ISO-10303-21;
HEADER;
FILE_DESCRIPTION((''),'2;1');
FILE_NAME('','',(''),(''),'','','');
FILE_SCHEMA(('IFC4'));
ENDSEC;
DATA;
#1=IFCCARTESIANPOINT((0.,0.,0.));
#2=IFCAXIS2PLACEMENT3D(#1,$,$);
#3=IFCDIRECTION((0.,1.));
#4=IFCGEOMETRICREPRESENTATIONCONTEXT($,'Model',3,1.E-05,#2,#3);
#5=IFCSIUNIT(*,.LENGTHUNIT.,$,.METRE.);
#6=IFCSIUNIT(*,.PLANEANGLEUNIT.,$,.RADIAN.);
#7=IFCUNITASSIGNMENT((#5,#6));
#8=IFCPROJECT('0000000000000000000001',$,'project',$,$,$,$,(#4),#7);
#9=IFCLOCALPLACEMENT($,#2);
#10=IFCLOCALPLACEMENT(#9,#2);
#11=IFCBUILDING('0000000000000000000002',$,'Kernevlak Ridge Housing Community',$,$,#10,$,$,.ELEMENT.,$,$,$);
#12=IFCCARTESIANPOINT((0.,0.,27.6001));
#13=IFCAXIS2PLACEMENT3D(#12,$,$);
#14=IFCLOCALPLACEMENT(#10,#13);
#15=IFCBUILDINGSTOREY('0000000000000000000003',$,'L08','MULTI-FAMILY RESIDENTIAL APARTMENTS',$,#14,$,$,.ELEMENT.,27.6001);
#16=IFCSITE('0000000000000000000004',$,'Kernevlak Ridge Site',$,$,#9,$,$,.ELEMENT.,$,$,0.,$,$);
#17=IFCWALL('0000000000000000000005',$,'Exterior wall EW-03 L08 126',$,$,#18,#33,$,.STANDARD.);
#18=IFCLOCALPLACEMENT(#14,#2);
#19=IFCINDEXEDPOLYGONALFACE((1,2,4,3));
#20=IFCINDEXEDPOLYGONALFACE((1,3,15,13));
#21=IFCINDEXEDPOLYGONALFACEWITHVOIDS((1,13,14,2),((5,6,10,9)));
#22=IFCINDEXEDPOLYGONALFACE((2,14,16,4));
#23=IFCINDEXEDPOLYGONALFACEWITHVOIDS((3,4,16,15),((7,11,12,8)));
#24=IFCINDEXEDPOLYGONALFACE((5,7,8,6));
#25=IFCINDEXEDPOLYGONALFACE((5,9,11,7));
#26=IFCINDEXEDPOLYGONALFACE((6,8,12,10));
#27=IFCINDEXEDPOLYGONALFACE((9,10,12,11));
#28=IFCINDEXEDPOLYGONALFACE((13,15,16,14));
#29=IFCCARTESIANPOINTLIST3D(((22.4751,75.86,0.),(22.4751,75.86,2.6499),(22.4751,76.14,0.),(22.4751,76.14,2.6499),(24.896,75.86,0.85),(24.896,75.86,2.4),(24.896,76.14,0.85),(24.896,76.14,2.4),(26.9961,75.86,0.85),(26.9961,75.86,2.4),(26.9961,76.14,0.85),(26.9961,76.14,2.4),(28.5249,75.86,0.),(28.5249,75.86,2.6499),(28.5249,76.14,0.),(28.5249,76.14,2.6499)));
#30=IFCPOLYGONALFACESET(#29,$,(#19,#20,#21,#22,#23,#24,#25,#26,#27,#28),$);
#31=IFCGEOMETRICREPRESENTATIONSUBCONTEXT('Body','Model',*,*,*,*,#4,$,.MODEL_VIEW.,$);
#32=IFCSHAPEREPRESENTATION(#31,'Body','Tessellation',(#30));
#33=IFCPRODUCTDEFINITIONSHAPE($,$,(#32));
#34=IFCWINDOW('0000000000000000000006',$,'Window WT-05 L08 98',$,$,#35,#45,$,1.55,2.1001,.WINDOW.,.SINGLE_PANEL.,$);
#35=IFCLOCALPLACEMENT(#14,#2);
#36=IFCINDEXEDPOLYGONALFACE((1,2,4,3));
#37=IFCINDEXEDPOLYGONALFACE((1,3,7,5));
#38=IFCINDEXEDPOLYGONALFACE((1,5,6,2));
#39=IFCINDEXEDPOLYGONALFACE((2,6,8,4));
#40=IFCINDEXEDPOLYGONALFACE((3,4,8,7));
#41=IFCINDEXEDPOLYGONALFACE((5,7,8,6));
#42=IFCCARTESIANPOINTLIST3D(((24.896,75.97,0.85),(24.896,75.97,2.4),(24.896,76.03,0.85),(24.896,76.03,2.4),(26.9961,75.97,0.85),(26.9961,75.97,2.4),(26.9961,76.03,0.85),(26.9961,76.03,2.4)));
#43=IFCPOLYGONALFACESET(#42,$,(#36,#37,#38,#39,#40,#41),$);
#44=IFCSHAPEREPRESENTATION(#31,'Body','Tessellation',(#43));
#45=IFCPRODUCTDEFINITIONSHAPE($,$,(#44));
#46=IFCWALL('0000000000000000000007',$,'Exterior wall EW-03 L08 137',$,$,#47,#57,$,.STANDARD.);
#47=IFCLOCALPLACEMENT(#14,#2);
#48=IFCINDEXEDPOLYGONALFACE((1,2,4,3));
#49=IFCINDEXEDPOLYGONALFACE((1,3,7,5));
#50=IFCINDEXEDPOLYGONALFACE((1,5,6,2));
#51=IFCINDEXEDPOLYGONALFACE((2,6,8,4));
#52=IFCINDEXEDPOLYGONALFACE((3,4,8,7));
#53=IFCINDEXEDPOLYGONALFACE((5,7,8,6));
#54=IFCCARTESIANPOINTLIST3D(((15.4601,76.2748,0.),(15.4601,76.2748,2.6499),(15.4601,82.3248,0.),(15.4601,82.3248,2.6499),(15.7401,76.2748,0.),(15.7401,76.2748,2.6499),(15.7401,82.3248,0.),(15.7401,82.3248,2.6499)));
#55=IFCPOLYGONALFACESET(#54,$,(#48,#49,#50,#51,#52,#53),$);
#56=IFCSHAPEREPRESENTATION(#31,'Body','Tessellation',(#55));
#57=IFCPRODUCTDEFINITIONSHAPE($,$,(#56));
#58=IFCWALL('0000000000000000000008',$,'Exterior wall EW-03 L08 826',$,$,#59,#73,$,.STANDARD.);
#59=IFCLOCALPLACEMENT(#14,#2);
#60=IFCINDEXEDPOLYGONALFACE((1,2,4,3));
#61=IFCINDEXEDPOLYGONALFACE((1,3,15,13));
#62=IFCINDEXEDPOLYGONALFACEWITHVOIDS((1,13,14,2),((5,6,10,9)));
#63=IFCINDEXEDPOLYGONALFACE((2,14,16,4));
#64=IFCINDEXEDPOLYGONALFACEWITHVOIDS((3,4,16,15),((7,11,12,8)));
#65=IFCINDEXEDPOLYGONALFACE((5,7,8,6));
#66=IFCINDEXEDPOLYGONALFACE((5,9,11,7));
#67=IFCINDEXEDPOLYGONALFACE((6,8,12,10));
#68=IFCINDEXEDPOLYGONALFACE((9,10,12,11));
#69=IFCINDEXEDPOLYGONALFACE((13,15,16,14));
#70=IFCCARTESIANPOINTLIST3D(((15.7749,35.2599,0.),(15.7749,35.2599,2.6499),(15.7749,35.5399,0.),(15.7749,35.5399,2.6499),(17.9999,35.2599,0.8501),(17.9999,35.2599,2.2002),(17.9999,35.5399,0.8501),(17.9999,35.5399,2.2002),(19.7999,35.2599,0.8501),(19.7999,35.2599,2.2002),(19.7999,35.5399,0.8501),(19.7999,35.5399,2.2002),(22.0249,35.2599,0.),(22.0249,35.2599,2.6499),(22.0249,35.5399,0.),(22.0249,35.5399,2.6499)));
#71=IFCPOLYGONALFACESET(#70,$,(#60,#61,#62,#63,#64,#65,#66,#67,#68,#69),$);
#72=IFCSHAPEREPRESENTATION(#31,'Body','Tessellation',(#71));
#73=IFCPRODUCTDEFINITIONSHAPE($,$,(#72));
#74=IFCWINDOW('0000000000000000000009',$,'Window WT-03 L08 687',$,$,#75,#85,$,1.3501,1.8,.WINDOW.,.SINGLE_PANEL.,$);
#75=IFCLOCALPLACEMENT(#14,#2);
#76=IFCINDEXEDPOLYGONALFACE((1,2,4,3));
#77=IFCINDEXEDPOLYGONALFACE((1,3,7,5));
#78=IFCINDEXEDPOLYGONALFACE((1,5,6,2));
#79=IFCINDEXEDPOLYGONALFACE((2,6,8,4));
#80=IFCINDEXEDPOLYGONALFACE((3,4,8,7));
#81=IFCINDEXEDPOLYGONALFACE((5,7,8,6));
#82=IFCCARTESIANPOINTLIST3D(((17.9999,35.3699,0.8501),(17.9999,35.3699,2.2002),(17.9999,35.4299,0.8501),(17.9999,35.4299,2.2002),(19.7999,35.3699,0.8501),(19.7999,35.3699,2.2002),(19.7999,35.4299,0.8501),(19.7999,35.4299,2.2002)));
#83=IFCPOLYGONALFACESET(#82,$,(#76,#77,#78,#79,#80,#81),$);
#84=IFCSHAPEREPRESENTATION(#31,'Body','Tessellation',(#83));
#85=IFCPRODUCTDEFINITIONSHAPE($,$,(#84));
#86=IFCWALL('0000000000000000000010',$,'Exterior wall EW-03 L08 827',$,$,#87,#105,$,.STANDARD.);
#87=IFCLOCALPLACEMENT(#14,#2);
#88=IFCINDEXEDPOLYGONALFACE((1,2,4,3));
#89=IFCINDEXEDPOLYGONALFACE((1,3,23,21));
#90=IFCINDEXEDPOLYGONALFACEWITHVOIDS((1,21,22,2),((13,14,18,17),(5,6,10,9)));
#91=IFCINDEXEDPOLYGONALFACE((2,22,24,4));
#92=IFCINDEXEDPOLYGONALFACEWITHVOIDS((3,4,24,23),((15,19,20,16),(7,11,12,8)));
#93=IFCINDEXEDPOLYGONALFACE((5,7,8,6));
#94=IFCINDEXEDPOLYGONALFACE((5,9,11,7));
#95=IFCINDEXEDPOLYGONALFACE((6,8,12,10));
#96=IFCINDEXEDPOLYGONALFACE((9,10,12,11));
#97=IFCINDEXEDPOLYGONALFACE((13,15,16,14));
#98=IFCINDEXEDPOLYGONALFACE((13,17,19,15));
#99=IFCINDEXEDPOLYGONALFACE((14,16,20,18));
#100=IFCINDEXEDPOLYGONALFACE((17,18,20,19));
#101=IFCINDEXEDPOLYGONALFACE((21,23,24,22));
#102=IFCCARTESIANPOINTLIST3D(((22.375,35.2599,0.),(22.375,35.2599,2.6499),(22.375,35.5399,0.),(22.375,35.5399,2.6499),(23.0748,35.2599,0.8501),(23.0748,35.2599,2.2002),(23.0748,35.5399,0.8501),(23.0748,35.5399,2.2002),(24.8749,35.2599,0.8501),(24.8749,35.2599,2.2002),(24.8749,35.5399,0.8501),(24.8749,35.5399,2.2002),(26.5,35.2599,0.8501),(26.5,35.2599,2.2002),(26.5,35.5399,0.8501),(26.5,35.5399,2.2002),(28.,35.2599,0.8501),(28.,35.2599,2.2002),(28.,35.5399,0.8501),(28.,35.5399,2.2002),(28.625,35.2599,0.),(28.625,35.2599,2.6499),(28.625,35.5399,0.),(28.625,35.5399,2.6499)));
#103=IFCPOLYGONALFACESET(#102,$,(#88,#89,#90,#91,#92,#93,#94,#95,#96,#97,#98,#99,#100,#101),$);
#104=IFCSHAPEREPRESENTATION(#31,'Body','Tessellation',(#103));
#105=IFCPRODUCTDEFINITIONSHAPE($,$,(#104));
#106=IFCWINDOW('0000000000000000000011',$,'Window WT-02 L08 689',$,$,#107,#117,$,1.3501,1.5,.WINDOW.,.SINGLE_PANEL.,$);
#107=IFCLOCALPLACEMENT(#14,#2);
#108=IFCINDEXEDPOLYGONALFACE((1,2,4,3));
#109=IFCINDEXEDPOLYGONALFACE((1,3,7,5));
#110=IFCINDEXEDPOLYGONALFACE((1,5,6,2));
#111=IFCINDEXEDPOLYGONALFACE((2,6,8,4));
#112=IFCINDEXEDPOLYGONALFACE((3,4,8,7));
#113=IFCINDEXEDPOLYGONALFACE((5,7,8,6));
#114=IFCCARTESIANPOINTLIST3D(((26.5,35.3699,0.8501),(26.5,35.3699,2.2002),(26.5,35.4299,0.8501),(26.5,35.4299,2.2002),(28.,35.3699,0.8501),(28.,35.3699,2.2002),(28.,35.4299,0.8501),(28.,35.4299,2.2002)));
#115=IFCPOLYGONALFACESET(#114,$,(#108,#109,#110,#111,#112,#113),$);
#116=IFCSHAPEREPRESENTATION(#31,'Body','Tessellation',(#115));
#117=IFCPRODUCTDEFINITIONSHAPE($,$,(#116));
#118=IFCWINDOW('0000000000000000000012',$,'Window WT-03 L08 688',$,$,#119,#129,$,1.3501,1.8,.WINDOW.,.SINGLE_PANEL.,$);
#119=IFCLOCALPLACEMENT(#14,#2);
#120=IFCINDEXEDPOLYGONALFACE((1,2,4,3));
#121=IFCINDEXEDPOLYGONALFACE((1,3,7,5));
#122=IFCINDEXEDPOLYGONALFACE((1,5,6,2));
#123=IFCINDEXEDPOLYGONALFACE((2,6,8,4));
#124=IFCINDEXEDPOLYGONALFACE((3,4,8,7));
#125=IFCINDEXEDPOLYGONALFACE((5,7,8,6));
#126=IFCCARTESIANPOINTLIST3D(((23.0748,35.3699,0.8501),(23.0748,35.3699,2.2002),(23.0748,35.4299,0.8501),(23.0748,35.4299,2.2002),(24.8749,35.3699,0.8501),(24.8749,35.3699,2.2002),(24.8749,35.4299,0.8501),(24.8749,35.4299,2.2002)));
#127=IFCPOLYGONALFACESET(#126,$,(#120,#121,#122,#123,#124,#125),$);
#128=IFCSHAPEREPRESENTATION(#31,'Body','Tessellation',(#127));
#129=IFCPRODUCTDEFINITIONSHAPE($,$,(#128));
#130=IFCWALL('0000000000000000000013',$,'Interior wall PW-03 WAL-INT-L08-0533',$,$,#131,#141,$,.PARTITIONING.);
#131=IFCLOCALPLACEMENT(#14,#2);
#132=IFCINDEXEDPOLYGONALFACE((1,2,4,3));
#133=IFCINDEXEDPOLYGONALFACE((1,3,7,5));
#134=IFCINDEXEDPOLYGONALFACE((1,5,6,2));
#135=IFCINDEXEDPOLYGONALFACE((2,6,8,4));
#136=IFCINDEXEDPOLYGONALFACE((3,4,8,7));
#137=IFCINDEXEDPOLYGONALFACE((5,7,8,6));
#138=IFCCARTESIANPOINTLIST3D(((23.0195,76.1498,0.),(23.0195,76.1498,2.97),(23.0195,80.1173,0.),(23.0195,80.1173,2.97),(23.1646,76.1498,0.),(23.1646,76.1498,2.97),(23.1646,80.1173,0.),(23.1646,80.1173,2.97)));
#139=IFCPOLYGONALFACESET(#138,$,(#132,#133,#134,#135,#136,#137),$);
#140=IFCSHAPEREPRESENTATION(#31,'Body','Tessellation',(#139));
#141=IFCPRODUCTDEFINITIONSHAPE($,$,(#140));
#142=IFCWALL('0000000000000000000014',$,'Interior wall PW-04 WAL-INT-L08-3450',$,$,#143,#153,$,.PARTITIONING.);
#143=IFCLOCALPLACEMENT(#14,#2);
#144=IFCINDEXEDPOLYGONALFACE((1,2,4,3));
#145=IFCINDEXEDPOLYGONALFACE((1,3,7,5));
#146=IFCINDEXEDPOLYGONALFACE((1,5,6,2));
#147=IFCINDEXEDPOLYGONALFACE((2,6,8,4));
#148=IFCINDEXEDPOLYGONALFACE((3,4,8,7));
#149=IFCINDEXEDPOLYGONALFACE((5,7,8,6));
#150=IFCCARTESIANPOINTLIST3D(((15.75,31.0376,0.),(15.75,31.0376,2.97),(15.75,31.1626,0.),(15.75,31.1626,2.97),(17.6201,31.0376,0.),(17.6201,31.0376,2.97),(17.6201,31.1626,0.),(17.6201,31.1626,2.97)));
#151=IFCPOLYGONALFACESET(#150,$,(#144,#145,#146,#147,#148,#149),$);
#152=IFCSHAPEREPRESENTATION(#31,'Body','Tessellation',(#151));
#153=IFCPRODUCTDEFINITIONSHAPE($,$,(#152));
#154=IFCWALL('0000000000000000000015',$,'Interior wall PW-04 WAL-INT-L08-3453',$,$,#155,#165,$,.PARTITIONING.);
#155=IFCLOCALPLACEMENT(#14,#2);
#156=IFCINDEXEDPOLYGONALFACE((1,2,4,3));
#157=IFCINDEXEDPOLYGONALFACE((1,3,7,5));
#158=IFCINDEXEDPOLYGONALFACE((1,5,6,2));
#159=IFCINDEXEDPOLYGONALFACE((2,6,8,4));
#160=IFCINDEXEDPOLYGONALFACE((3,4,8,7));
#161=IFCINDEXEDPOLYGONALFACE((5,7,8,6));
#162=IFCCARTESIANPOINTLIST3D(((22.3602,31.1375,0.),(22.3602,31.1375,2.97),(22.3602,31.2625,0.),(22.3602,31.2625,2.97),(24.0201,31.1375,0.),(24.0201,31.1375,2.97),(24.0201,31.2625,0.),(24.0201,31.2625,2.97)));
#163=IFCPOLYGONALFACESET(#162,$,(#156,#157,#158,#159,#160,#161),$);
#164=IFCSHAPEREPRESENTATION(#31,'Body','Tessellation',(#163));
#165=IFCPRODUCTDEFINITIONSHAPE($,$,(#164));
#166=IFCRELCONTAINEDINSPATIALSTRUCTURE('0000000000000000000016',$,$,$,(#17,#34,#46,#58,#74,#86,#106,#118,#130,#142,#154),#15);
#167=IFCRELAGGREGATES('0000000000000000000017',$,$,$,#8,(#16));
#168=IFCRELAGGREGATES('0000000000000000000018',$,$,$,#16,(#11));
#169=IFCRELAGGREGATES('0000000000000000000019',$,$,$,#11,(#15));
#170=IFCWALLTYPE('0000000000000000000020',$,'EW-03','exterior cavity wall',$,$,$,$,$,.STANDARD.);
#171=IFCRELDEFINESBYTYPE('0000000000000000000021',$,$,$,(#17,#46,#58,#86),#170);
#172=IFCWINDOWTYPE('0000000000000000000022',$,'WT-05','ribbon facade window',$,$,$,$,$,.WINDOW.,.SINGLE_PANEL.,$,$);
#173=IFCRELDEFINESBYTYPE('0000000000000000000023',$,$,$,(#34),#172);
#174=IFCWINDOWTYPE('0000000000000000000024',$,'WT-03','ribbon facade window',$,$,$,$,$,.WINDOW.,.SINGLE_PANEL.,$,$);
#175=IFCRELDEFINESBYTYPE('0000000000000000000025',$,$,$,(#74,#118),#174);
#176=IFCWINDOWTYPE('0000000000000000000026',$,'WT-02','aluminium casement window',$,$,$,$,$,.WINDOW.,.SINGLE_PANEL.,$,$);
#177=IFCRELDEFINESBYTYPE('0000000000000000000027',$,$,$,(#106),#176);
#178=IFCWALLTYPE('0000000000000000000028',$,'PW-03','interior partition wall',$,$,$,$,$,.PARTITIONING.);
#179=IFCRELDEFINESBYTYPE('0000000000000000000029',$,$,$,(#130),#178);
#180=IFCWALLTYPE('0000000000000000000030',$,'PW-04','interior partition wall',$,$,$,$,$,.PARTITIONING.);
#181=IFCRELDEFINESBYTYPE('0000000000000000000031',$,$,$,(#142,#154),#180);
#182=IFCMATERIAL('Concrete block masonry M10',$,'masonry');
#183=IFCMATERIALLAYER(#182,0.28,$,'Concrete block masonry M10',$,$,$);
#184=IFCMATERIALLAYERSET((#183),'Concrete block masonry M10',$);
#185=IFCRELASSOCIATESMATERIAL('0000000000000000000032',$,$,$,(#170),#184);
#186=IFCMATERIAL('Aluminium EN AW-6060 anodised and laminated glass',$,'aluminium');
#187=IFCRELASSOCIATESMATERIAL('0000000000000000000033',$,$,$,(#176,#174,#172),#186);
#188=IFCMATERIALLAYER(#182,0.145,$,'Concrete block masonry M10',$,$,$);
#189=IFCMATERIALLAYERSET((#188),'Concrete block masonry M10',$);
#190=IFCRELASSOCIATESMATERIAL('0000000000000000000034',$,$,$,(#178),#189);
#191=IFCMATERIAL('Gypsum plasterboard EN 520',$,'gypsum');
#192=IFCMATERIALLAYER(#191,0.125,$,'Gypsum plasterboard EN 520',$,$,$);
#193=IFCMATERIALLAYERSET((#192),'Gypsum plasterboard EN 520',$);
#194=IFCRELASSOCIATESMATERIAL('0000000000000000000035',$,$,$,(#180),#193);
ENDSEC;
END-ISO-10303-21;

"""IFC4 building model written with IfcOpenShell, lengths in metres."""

from ifc_helpers import new_model, si_unit, direction, frame, frame_2d, origin, place, context, subcontext, project, spatial, rectangle, extrude, material, layer, layer_set, type_object, element, fill, save


model = new_model("IFC4")

# Units and contexts
model_context = context("Model", 3, precision=1e-05, world=origin(), true_north=direction((0.0, 1.0)))
body_context = subcontext(model_context, "Body", "Model", "MODEL_VIEW")
ifc_project = project(units=[si_unit("LENGTHUNIT", "METRE"), si_unit("PLANEANGLEUNIT", "RADIAN")], contexts=[model_context])

# Site, building, storey
site_placement = place(None, origin())
site = spatial("IfcSite", under=ifc_project, at=site_placement, Name="Kernevlak Ridge Site", CompositionType="ELEMENT", RefElevation=0.0)
building_placement = place(site_placement, origin())
building = spatial("IfcBuilding", under=site, at=building_placement, Name="Kernevlak Ridge Housing Community", CompositionType="ELEMENT")
storey_placement = place(building_placement, frame((0.0, 0.0, 27.6001)))
storey = spatial("IfcBuildingStorey", under=building, at=storey_placement, Name="L08", Description="MULTI-FAMILY RESIDENTIAL APARTMENTS", CompositionType="ELEMENT", Elevation=27.6001)

# Shared definitions
ifc_material_1 = material(Name="Concrete block masonry M10", Category="masonry")
ifc_layer_1 = layer(ifc_material_1, 0.28, Name="Concrete block masonry M10")
ifc_layer_set_1 = layer_set([ifc_layer_1], Name="Concrete block masonry M10")
wall_type_1 = type_object("IfcWallType", Name="EW-03", Description="exterior cavity wall", PredefinedType="STANDARD", material=ifc_layer_set_1)
ifc_material_2 = material(Name="Aluminium EN AW-6060 anodised and laminated glass", Category="aluminium")
window_type_1 = type_object("IfcWindowType", Name="WT-02", Description="aluminium casement window", PartitioningType="SINGLE_PANEL", PredefinedType="WINDOW", material=ifc_material_2)
window_type_2 = type_object("IfcWindowType", Name="WT-03", Description="ribbon facade window", PartitioningType="SINGLE_PANEL", PredefinedType="WINDOW", material=ifc_material_2)

# Wall, opening, window
wall_1_placement = place(storey_placement, frame((22.4751, 76.0, 0.0), z_axis=(0.0, 0.0, 1.0), x_axis=(1.0, 0.0, 0.0)))
wall_1 = element("IfcWall", 1, at=wall_1_placement, inside=storey, type_object=wall_type_1, Name="Exterior wall EW-03 L08 126", PredefinedType="STANDARD", context=body_context, shape_type="SweptSolid", body=[
    extrude(rectangle(XDim=6.0498, YDim=0.28, at=frame_2d((3.0249, 0.0))), origin(), (0.0, 0.0, 1.0), 2.6499),
])
opening_1_placement = place(wall_1_placement, frame((2.4209, 0.0, 0.8501)))
opening_1 = element("IfcOpeningElement", 2, at=opening_1_placement, cuts=wall_1, PredefinedType="OPENING", context=body_context, shape_type="SweptSolid", body=[
    extrude(rectangle(XDim=2.1001, YDim=1.55, at=frame_2d((1.05, 0.7749))), frame((0.0, 0.1499, 0.0), z_axis=(0.0, -1.0, 0.0), x_axis=(1.0, 0.0, 0.0)), (0.0, 0.0, 1.0), 0.3),
])
window_type_3 = type_object("IfcWindowType", Name="WT-05", Description="ribbon facade window", PartitioningType="SINGLE_PANEL", PredefinedType="WINDOW", material=ifc_material_2)
window_1_placement = place(opening_1_placement, origin())
window_1 = element("IfcWindow", 3, at=window_1_placement, inside=storey, type_object=window_type_3, Name="Window WT-05 L08 98", OverallHeight=1.55, OverallWidth=2.1001, PartitioningType="SINGLE_PANEL", PredefinedType="WINDOW", context=body_context, shape_type="SweptSolid", body=[
    extrude(rectangle(XDim=2.1001, YDim=1.55, at=frame_2d((1.05, 0.7749))), frame((0.0, 0.03, 0.0), z_axis=(0.0, -1.0, 0.0), x_axis=(1.0, 0.0, 0.0)), (0.0, 0.0, 1.0), 0.0601),
])
fill(opening_1, window_1)

# Wall
wall_2_placement = place(storey_placement, frame((15.6001, 76.2749, 0.0), z_axis=(0.0, 0.0, 1.0), x_axis=(0.0, 1.0, 0.0)))
element("IfcWall", 4, at=wall_2_placement, inside=storey, type_object=wall_type_1, Name="Exterior wall EW-03 L08 137", PredefinedType="STANDARD", context=body_context, shape_type="SweptSolid", body=[
    extrude(rectangle(XDim=6.05, YDim=0.28, at=frame_2d((3.0249, 0.0))), origin(), (0.0, 0.0, 1.0), 2.6499),
])

# Wall, opening, window
wall_3_placement = place(storey_placement, frame((15.7749, 35.3999, 0.0), z_axis=(0.0, 0.0, 1.0), x_axis=(1.0, 0.0, 0.0)))
wall_3 = element("IfcWall", 5, at=wall_3_placement, inside=storey, type_object=wall_type_1, Name="Exterior wall EW-03 L08 826", PredefinedType="STANDARD", context=body_context, shape_type="SweptSolid", body=[
    extrude(rectangle(XDim=6.25, YDim=0.28, at=frame_2d((3.125, 0.0))), origin(), (0.0, 0.0, 1.0), 2.6499),
])
opening_2_placement = place(wall_3_placement, frame((2.2251, 0.0, 0.8501)))
opening_2 = element("IfcOpeningElement", 6, at=opening_2_placement, cuts=wall_3, PredefinedType="OPENING", context=body_context, shape_type="SweptSolid", body=[
    extrude(rectangle(XDim=1.8, YDim=1.3501, at=frame_2d((0.8999, 0.675))), frame((0.0, 0.1499, 0.0), z_axis=(0.0, -1.0, 0.0), x_axis=(1.0, 0.0, 0.0)), (0.0, 0.0, 1.0), 0.3),
])
window_2_placement = place(opening_2_placement, origin())
window_2 = element("IfcWindow", 7, at=window_2_placement, inside=storey, type_object=window_type_2, Name="Window WT-03 L08 687", OverallHeight=1.3501, OverallWidth=1.8, PartitioningType="SINGLE_PANEL", PredefinedType="WINDOW", context=body_context, shape_type="SweptSolid", body=[
    extrude(rectangle(XDim=1.8, YDim=1.3501, at=frame_2d((0.8999, 0.675))), frame((0.0, 0.03, 0.0), z_axis=(0.0, -1.0, 0.0), x_axis=(1.0, 0.0, 0.0)), (0.0, 0.0, 1.0), 0.0601),
])
fill(opening_2, window_2)

# Wall, openings, windows
wall_4_placement = place(storey_placement, frame((22.375, 35.3999, 0.0), z_axis=(0.0, 0.0, 1.0), x_axis=(1.0, 0.0, 0.0)))
wall_4 = element("IfcWall", 8, at=wall_4_placement, inside=storey, type_object=wall_type_1, Name="Exterior wall EW-03 L08 827", PredefinedType="STANDARD", context=body_context, shape_type="SweptSolid", body=[
    extrude(rectangle(XDim=6.25, YDim=0.28, at=frame_2d((3.125, 0.0))), origin(), (0.0, 0.0, 1.0), 2.6499),
])
opening_3_placement = place(wall_4_placement, frame((0.7, 0.0, 0.8501)))
opening_3 = element("IfcOpeningElement", 9, at=opening_3_placement, cuts=wall_4, PredefinedType="OPENING", context=body_context, shape_type="SweptSolid", body=[
    extrude(rectangle(XDim=1.8, YDim=1.3501, at=frame_2d((0.8999, 0.675))), frame((0.0, 0.1499, 0.0), z_axis=(0.0, -1.0, 0.0), x_axis=(1.0, 0.0, 0.0)), (0.0, 0.0, 1.0), 0.3),
])
opening_4_placement = place(wall_4_placement, frame((4.125, 0.0, 0.8501)))
opening_4 = element("IfcOpeningElement", 10, at=opening_4_placement, cuts=wall_4, PredefinedType="OPENING", context=body_context, shape_type="SweptSolid", body=[
    extrude(rectangle(XDim=1.5, YDim=1.3501, at=frame_2d((0.75, 0.675))), frame((0.0, 0.1499, 0.0), z_axis=(0.0, -1.0, 0.0), x_axis=(1.0, 0.0, 0.0)), (0.0, 0.0, 1.0), 0.3),
])
window_3_placement = place(opening_4_placement, origin())
window_3 = element("IfcWindow", 11, at=window_3_placement, inside=storey, type_object=window_type_1, Name="Window WT-02 L08 689", OverallHeight=1.3501, OverallWidth=1.5, PartitioningType="SINGLE_PANEL", PredefinedType="WINDOW", context=body_context, shape_type="SweptSolid", body=[
    extrude(rectangle(XDim=1.5, YDim=1.3501, at=frame_2d((0.75, 0.675))), frame((0.0, 0.03, 0.0), z_axis=(0.0, -1.0, 0.0), x_axis=(1.0, 0.0, 0.0)), (0.0, 0.0, 1.0), 0.0601),
])
fill(opening_4, window_3)
window_4_placement = place(opening_3_placement, origin())
window_4 = element("IfcWindow", 12, at=window_4_placement, inside=storey, type_object=window_type_2, Name="Window WT-03 L08 688", OverallHeight=1.3501, OverallWidth=1.8, PartitioningType="SINGLE_PANEL", PredefinedType="WINDOW", context=body_context, shape_type="SweptSolid", body=[
    extrude(rectangle(XDim=1.8, YDim=1.3501, at=frame_2d((0.8999, 0.675))), frame((0.0, 0.03, 0.0), z_axis=(0.0, -1.0, 0.0), x_axis=(1.0, 0.0, 0.0)), (0.0, 0.0, 1.0), 0.0601),
])
fill(opening_3, window_4)

# Walls
ifc_layer_2 = layer(ifc_material_1, 0.145, Name="Concrete block masonry M10")
ifc_layer_set_2 = layer_set([ifc_layer_2], Name="Concrete block masonry M10")
wall_type_2 = type_object("IfcWallType", Name="PW-03", Description="interior partition wall", PredefinedType="PARTITIONING", material=ifc_layer_set_2)
wall_5_placement = place(storey_placement, frame((23.092, 80.1174, 0.0), z_axis=(0.0, 0.0, 1.0), x_axis=(0.0, -1.0, 0.0)))
element("IfcWall", 13, at=wall_5_placement, inside=storey, type_object=wall_type_2, Name="Interior wall PW-03 WAL-INT-L08-0533", PredefinedType="PARTITIONING", context=body_context, shape_type="SweptSolid", body=[
    extrude(rectangle(XDim=3.9675, YDim=0.145, at=frame_2d((1.9839, 0.0))), origin(), (0.0, 0.0, 1.0), 2.97),
])
ifc_material_3 = material(Name="Gypsum plasterboard EN 520", Category="gypsum")
ifc_layer_3 = layer(ifc_material_3, 0.125, Name="Gypsum plasterboard EN 520")
ifc_layer_set_3 = layer_set([ifc_layer_3], Name="Gypsum plasterboard EN 520")
wall_type_3 = type_object("IfcWallType", Name="PW-04", Description="interior partition wall", PredefinedType="PARTITIONING", material=ifc_layer_set_3)
wall_6_placement = place(storey_placement, frame((15.75, 31.1001, 0.0), z_axis=(0.0, 0.0, 1.0), x_axis=(1.0, 0.0, 0.0)))
element("IfcWall", 14, at=wall_6_placement, inside=storey, type_object=wall_type_3, Name="Interior wall PW-04 WAL-INT-L08-3450", PredefinedType="PARTITIONING", context=body_context, shape_type="SweptSolid", body=[
    extrude(rectangle(XDim=1.8701, YDim=0.125, at=frame_2d((0.9351, 0.0))), origin(), (0.0, 0.0, 1.0), 2.97),
])
wall_7_placement = place(storey_placement, frame((22.3601, 31.2, 0.0), z_axis=(0.0, 0.0, 1.0), x_axis=(1.0, 0.0, 0.0)))
element("IfcWall", 15, at=wall_7_placement, inside=storey, type_object=wall_type_3, Name="Interior wall PW-04 WAL-INT-L08-3453", PredefinedType="PARTITIONING", context=body_context, shape_type="SweptSolid", body=[
    extrude(rectangle(XDim=1.6599, YDim=0.125, at=frame_2d((0.8301, 0.0))), origin(), (0.0, 0.0, 1.0), 2.97),
])

save(model, "model.ifc")
